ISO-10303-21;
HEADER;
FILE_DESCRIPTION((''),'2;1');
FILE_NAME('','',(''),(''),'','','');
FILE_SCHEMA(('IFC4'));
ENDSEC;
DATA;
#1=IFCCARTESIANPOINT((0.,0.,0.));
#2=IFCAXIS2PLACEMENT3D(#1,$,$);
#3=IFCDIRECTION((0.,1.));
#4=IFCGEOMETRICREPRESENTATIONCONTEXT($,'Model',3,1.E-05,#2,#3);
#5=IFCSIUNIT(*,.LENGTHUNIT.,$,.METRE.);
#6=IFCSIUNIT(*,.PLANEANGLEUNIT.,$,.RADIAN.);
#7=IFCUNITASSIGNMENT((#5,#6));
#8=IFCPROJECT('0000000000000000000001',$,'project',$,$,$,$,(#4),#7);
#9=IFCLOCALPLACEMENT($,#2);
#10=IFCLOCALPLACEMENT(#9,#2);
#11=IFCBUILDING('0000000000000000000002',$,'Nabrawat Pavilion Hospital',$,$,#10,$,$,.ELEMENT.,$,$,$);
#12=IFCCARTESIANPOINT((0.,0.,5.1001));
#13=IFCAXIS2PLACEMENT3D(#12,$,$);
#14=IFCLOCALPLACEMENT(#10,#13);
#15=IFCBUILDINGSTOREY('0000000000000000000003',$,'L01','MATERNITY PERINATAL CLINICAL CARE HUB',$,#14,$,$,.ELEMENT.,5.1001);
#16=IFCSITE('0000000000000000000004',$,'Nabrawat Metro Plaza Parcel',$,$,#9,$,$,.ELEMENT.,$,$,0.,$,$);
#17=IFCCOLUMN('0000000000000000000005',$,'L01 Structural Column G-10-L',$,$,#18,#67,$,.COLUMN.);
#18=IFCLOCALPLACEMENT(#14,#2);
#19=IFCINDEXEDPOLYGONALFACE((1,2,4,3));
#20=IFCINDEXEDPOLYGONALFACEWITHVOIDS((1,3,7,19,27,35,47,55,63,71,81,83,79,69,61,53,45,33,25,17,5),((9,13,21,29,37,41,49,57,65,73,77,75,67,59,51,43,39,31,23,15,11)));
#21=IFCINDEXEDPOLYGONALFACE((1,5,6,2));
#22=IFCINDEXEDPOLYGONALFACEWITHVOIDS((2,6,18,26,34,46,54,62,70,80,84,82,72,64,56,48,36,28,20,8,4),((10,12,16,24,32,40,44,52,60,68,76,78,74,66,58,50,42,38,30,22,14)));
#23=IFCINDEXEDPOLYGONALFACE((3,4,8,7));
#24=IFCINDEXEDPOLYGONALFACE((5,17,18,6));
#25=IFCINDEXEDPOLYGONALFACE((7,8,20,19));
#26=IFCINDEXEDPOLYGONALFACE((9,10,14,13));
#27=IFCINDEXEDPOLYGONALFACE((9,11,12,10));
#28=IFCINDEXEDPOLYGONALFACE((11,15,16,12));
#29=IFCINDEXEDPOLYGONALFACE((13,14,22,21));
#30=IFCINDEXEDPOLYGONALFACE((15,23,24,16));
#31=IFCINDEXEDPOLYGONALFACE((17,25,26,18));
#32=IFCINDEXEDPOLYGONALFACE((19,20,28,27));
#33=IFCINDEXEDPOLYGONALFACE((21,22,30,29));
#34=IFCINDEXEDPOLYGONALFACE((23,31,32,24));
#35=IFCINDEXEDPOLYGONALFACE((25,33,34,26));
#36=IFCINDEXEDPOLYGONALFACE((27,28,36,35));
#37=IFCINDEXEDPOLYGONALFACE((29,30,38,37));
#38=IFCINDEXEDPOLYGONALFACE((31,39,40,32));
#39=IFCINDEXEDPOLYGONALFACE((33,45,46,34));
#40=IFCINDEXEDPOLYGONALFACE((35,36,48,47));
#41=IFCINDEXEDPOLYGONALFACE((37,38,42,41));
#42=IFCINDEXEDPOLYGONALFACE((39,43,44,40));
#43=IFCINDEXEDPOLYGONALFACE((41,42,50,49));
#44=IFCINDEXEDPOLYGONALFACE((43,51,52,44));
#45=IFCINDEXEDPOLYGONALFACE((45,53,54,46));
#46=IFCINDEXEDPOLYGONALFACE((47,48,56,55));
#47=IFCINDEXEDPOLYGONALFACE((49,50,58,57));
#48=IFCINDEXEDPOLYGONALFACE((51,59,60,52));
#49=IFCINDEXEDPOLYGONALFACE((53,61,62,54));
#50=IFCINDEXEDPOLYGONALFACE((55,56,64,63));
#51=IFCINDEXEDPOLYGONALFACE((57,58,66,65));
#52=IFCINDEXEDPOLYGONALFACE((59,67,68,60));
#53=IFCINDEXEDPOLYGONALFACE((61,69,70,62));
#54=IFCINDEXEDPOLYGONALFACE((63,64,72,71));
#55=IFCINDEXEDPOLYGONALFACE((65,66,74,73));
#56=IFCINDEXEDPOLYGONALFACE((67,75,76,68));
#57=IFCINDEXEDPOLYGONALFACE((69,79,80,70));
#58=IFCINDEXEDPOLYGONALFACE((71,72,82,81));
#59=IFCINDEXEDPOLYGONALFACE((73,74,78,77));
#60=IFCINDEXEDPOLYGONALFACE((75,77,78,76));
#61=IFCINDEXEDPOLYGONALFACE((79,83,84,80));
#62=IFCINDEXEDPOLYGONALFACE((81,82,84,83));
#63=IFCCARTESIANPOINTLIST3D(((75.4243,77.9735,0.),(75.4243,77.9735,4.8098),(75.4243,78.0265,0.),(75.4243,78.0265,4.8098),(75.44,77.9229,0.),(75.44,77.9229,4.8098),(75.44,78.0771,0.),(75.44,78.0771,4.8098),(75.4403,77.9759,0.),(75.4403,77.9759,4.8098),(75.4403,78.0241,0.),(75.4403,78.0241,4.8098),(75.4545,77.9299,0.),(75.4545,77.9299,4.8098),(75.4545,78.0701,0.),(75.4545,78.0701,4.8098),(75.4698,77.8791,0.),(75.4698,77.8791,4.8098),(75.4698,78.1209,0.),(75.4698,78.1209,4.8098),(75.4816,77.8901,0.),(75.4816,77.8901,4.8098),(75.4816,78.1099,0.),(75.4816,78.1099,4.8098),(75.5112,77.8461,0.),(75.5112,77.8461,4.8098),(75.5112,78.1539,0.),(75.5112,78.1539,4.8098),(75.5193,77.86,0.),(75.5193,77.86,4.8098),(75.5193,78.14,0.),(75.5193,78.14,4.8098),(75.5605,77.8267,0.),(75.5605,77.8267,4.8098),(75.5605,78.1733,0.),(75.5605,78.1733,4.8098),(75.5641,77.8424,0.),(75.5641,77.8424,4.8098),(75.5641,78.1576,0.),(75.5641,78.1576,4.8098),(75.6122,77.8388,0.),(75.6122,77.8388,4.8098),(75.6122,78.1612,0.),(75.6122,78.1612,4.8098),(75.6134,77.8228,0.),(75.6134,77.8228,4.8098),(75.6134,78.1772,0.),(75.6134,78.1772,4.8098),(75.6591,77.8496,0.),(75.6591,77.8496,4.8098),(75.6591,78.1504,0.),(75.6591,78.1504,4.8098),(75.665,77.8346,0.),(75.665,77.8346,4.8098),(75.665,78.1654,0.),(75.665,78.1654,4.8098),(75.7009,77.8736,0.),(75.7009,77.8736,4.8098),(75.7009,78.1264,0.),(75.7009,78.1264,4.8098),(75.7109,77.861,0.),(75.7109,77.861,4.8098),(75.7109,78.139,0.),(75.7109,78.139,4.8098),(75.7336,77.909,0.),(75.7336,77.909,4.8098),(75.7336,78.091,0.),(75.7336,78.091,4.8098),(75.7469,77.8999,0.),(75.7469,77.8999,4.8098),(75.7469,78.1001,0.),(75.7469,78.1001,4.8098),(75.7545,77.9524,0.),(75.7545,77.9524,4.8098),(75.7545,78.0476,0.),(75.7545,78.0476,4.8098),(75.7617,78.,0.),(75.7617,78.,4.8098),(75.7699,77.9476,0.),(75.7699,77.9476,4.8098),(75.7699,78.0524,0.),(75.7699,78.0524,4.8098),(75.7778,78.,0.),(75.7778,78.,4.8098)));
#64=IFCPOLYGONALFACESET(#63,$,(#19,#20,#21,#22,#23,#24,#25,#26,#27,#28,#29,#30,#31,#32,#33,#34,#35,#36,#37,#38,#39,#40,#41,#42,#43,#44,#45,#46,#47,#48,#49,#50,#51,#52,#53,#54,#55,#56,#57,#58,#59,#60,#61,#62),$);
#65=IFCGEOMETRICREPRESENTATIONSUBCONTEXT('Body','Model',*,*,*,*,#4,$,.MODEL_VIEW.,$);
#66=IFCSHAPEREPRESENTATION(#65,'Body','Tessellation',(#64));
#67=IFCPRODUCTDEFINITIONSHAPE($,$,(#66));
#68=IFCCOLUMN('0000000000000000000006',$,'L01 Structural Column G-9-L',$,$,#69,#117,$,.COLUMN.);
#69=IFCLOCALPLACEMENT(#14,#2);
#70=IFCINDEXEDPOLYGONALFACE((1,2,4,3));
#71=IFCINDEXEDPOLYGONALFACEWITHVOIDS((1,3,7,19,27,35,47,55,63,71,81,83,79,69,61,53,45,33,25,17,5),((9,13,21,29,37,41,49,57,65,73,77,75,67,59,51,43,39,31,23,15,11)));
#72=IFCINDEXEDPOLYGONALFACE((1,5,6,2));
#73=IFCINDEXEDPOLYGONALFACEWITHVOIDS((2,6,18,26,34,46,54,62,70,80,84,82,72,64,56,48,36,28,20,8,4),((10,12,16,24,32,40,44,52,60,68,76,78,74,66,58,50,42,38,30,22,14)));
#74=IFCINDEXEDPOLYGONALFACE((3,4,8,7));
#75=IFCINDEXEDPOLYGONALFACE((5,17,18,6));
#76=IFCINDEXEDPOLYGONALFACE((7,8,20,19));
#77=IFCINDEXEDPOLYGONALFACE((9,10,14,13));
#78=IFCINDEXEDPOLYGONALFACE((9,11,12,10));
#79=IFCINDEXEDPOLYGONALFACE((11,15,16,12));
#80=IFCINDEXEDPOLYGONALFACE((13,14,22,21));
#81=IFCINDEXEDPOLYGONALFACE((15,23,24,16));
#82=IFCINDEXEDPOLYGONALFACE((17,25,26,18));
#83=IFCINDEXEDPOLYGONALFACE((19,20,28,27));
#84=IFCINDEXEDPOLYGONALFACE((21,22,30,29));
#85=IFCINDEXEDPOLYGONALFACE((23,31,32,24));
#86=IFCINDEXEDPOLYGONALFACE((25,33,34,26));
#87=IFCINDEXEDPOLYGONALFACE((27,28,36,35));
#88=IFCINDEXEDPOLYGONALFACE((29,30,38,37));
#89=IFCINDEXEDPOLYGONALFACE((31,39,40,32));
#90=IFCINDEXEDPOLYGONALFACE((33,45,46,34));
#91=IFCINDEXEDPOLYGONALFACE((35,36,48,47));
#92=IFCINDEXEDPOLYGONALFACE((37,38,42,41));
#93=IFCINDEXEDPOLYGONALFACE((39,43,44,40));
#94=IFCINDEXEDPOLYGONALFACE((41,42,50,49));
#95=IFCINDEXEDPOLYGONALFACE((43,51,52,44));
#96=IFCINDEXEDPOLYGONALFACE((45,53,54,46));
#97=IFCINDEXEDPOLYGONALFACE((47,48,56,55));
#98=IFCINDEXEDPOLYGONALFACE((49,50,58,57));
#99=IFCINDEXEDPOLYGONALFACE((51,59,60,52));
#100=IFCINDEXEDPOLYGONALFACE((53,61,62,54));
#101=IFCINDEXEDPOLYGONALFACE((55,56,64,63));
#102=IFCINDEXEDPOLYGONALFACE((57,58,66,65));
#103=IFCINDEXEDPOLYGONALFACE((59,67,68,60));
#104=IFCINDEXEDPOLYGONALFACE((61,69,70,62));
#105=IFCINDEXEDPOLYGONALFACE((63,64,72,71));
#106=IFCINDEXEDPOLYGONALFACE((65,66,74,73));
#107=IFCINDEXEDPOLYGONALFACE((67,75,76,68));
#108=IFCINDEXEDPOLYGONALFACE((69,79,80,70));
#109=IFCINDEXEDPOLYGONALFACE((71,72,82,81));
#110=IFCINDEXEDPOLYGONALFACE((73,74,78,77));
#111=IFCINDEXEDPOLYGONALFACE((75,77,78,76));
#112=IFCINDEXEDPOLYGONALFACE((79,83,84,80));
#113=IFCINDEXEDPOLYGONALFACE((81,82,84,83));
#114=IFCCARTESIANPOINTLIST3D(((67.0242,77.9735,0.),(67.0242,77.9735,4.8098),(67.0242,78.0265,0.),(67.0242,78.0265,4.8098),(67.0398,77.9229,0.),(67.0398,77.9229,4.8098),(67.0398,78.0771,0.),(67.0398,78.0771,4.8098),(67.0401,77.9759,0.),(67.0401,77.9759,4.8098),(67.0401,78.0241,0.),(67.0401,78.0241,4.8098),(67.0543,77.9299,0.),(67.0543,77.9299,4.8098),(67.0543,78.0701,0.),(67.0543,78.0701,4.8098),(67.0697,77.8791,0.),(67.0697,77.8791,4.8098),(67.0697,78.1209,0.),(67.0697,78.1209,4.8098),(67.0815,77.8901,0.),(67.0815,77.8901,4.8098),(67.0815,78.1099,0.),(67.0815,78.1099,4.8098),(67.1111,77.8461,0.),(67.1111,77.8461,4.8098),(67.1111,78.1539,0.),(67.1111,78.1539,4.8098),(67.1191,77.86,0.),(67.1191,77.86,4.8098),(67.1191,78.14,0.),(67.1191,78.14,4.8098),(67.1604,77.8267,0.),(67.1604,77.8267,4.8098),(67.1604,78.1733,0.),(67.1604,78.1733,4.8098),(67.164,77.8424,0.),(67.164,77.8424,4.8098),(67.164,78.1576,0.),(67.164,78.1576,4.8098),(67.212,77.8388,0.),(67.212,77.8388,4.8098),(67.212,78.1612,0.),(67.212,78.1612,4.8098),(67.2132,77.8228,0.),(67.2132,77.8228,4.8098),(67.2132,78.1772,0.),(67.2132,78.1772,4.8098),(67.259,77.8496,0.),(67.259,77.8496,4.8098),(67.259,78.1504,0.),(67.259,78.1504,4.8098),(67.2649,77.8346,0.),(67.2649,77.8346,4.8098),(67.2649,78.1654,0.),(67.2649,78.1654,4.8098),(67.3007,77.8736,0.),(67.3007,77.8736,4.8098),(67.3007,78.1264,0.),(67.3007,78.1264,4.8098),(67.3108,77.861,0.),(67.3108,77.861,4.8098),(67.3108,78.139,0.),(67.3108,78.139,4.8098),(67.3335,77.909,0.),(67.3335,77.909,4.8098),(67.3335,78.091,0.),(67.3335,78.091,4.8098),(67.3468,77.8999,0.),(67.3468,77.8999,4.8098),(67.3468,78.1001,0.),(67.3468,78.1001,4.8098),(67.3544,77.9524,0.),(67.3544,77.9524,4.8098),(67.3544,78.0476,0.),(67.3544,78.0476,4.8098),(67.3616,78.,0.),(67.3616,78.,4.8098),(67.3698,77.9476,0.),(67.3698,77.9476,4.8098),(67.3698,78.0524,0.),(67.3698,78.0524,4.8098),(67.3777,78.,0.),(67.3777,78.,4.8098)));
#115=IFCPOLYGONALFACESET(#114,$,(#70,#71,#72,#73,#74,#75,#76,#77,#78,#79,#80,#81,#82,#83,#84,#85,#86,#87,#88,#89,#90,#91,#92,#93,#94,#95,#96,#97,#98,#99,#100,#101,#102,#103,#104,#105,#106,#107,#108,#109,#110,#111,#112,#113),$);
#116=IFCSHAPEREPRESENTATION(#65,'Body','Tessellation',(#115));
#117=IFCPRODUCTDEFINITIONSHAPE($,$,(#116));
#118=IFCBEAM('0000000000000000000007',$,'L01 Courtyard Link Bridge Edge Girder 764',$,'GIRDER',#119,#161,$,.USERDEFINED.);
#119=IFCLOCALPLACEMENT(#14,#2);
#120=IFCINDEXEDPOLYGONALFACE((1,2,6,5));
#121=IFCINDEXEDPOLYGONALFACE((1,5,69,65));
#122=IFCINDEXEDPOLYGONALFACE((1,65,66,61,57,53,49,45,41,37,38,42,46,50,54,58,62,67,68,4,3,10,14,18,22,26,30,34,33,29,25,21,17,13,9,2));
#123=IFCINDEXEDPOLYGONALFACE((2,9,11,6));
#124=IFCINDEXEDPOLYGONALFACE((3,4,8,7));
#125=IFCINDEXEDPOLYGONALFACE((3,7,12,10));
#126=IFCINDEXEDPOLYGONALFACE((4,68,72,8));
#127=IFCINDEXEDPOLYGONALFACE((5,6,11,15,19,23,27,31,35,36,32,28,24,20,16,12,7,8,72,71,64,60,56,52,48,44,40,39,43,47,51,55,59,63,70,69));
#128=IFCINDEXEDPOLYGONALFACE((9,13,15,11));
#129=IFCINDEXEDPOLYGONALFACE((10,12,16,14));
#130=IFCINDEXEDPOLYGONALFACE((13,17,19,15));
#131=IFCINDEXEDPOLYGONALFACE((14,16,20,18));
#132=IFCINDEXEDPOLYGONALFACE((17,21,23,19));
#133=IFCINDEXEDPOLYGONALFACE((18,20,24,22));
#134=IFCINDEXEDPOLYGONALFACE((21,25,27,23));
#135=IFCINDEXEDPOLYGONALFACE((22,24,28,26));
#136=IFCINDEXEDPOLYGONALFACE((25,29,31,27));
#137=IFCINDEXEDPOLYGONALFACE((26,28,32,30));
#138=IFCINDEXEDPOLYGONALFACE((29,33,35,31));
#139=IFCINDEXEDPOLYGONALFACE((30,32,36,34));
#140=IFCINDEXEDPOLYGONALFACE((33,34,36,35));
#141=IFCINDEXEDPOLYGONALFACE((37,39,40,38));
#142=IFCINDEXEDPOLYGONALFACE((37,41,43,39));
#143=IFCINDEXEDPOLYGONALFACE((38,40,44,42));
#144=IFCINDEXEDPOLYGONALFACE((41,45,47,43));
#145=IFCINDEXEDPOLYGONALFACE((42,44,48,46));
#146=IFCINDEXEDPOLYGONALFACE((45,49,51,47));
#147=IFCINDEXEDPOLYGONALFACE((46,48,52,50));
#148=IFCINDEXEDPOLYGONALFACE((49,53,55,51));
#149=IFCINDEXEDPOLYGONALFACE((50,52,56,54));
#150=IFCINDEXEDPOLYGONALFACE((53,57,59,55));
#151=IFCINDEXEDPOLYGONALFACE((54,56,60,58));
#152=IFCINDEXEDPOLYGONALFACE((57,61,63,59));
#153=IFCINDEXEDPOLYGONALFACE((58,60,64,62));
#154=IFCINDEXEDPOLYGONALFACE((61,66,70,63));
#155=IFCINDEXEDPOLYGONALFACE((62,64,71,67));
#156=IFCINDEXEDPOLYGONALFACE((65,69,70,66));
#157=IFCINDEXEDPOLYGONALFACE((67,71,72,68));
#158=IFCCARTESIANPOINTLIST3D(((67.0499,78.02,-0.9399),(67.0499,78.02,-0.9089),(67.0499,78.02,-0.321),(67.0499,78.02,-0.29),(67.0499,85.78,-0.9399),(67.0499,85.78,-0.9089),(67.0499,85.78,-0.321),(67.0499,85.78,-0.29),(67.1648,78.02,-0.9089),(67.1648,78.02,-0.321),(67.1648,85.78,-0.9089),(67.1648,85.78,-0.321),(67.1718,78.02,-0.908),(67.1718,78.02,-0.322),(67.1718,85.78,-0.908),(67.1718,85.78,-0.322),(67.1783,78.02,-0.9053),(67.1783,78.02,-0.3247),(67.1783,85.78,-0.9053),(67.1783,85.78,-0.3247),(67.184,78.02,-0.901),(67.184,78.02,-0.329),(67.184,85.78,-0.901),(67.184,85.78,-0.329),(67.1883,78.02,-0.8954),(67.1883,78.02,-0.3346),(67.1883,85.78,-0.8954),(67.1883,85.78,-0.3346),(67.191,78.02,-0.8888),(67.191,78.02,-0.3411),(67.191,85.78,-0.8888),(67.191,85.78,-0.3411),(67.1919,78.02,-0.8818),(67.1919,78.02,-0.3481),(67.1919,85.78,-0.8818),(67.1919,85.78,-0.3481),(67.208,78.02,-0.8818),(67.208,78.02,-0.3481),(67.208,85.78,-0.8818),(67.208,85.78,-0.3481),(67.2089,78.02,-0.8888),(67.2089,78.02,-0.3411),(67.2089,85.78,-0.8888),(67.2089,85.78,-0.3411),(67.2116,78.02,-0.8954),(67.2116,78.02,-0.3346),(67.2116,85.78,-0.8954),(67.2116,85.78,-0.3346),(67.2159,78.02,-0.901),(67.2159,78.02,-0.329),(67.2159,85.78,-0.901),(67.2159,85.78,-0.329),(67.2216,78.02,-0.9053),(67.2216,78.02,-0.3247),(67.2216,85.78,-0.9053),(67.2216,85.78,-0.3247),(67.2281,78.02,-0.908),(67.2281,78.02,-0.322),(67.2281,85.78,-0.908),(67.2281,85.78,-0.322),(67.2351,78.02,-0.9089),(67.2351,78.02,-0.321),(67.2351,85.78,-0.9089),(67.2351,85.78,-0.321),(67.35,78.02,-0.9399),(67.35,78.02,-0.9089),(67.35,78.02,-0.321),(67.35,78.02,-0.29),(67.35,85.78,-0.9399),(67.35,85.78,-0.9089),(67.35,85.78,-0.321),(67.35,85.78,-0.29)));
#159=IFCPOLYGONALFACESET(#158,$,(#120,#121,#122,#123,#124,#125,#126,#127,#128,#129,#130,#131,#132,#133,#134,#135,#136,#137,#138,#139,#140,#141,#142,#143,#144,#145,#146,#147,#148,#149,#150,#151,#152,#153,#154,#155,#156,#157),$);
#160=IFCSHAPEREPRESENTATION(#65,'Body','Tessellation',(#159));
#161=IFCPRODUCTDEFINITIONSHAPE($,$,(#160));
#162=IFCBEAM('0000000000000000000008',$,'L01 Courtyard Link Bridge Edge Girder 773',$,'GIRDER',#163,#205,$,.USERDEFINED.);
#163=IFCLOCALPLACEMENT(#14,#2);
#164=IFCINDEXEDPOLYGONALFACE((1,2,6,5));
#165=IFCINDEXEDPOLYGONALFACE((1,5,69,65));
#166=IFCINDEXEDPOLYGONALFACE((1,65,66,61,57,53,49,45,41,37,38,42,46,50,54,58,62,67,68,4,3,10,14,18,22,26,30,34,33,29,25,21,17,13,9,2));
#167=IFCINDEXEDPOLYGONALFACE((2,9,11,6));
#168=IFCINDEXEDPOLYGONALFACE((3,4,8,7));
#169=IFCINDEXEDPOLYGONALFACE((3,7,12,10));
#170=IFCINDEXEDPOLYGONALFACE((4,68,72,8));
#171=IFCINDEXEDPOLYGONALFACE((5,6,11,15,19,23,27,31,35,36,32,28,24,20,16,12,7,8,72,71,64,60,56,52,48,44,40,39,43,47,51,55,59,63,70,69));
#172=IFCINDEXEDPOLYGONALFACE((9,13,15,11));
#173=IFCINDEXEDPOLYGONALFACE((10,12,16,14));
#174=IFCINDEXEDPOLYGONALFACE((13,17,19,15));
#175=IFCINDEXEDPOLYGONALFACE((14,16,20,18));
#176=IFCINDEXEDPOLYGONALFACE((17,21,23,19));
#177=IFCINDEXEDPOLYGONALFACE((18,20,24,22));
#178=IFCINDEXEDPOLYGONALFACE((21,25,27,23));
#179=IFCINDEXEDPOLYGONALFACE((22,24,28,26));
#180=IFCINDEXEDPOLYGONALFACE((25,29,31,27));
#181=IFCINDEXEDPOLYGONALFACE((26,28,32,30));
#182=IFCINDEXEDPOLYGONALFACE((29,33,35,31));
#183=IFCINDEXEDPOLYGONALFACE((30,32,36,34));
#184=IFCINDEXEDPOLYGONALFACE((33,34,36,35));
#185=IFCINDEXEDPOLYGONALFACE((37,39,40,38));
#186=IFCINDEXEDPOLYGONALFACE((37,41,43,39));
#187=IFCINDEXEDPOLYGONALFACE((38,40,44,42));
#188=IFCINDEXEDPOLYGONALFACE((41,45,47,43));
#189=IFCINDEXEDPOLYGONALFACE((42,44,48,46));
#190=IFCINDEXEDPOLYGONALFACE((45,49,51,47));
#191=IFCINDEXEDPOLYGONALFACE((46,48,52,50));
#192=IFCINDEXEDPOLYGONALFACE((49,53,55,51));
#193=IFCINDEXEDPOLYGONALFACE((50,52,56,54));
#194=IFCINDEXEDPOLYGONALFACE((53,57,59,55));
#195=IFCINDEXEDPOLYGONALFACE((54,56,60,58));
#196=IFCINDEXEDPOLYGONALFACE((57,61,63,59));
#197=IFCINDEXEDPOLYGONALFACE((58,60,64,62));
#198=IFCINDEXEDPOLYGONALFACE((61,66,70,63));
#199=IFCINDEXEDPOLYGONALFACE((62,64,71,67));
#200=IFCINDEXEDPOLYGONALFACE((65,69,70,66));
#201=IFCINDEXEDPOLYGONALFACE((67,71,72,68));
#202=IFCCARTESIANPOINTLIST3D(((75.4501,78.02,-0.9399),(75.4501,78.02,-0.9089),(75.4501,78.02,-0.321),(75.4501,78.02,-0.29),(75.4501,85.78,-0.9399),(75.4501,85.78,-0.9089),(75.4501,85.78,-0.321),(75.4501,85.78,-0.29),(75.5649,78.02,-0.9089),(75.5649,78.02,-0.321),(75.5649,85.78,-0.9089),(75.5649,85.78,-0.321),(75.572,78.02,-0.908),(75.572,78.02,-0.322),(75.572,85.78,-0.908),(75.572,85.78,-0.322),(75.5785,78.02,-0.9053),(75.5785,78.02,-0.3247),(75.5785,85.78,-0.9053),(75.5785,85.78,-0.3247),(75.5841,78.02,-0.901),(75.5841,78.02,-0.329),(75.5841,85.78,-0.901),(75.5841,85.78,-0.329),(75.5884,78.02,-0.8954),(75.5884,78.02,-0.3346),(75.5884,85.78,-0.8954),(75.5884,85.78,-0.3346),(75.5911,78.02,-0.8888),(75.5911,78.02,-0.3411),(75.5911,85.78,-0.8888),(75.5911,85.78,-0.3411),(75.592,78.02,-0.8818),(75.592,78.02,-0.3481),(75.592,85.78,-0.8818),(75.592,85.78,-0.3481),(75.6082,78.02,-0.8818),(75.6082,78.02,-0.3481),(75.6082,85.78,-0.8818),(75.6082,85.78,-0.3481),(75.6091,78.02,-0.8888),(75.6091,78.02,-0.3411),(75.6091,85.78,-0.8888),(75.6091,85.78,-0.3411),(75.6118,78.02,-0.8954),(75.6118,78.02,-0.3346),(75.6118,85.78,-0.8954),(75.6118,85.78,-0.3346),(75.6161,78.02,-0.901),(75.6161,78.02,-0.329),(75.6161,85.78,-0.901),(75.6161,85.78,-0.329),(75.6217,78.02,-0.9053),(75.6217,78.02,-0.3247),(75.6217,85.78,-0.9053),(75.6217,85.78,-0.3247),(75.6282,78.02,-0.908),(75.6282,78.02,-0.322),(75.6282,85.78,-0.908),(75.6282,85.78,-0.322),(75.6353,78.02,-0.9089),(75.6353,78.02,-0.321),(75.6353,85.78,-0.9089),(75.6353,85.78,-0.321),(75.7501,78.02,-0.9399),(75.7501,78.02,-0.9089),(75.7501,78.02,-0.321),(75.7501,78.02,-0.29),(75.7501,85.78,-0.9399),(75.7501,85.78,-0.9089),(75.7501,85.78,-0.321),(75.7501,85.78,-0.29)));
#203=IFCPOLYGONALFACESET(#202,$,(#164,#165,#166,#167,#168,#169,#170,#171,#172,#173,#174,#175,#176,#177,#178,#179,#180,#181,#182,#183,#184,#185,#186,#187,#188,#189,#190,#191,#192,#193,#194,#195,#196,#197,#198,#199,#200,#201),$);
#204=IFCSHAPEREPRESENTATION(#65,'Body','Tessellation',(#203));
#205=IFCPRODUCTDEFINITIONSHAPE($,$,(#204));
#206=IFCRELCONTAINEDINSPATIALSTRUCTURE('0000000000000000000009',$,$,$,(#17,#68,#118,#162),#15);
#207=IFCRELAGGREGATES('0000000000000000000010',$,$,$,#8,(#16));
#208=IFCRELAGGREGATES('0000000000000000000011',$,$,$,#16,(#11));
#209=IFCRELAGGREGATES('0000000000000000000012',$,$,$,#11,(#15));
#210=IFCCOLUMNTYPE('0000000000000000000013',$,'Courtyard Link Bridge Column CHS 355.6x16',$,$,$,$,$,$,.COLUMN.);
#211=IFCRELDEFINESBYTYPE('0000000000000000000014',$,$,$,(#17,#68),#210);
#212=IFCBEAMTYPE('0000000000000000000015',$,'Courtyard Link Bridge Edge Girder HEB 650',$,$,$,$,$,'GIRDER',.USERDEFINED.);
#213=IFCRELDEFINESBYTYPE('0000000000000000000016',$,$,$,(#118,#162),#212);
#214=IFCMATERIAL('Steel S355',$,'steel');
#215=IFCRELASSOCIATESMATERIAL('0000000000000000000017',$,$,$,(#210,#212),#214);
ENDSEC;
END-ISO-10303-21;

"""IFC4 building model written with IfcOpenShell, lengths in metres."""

from ifc_helpers import new_model, si_unit, direction, frame, origin, origin_2d, place, context, subcontext, project, spatial, hollow_circle, i_section, extrude, material, material_profile, profile_set, type_object, element, save


model = new_model("IFC4")

# Units and contexts
model_context = context("Model", 3, precision=1e-05, world=origin(), true_north=direction((0.0, 1.0)))
body_context = subcontext(model_context, "Body", "Model", "MODEL_VIEW")
ifc_project = project(units=[si_unit("LENGTHUNIT", "METRE"), si_unit("PLANEANGLEUNIT", "RADIAN")], contexts=[model_context])

# Site, building, storey
site_placement = place(None, origin())
site = spatial("IfcSite", under=ifc_project, at=site_placement, Name="Nabrawat Metro Plaza Parcel", CompositionType="ELEMENT", RefElevation=0.0)
building_placement = place(site_placement, origin())
building = spatial("IfcBuilding", under=site, at=building_placement, Name="Nabrawat Pavilion Hospital", CompositionType="ELEMENT")
storey_placement = place(building_placement, frame((0.0, 0.0, 5.1001)))
storey = spatial("IfcBuildingStorey", under=building, at=storey_placement, Name="L01", Description="MATERNITY PERINATAL CLINICAL CARE HUB", CompositionType="ELEMENT", Elevation=5.1001)

# Columns
ifc_material_1 = material(Name="Steel S355", Category="steel")
ifc_material_profile_1 = material_profile(ifc_material_1, hollow_circle(Radius=0.1777, WallThickness=0.0161, at=origin_2d()), Name="CHS 355.6x16")
ifc_profile_set_1 = profile_set([ifc_material_profile_1], Name="Steel S355")
column_type = type_object("IfcColumnType", Name="Courtyard Link Bridge Column CHS 355.6x16", PredefinedType="COLUMN", material=ifc_profile_set_1)
for number, where, z_axis, x_axis, name in (
    (1, (75.6001, 78.0, 0.0), (0.0, 0.0, 1.0), (1.0, 0.0, 0.0), "L01 Structural Column G-10-L"),
    (2, (67.2, 78.0, 0.0), (0.0, 0.0, 1.0), (1.0, 0.0, 0.0), "L01 Structural Column G-9-L"),
):
    element("IfcColumn", number, at=place(storey_placement, frame(where, z_axis=z_axis, x_axis=x_axis)), inside=storey, type_object=column_type, Name=name, PredefinedType="COLUMN", context=body_context, shape_type="SweptSolid", body=[
        extrude(hollow_circle(Radius=0.1777, WallThickness=0.0161, at=origin_2d()), origin(), (0.0, 0.0, 1.0), 4.8098),
    ])

# Beams
ifc_material_profile_2 = material_profile(ifc_material_1, i_section(OverallWidth=0.3, OverallDepth=0.6499, WebThickness=0.0161, FlangeThickness=0.031, FilletRadius=0.0271, at=origin_2d()), Name="HEB 650")
ifc_profile_set_2 = profile_set([ifc_material_profile_2], Name="Steel S355")
beam_type_1 = type_object("IfcBeamType", Name="Courtyard Link Bridge Edge Girder HEB 650", ElementType="GIRDER", PredefinedType="USERDEFINED", material=ifc_profile_set_2)
for number, where, z_axis, x_axis, name in (
    (3, (67.2, 78.02, -0.615), (0.0, 1.0, 0.0), (-1.0, 0.0, 0.0), "L01 Courtyard Link Bridge Edge Girder 764"),
    (4, (75.6001, 78.02, -0.615), (0.0, 1.0, 0.0), (-1.0, 0.0, 0.0), "L01 Courtyard Link Bridge Edge Girder 773"),
):
    element("IfcBeam", number, at=place(storey_placement, frame(where, z_axis=z_axis, x_axis=x_axis)), inside=storey, type_object=beam_type_1, Name=name, ObjectType="GIRDER", PredefinedType="USERDEFINED", context=body_context, shape_type="SweptSolid", body=[
        extrude(i_section(OverallWidth=0.3, OverallDepth=0.6499, WebThickness=0.0161, FlangeThickness=0.031, FilletRadius=0.0271, at=origin_2d()), origin(), (0.0, 0.0, 1.0), 7.76),
    ])

save(model, "model.ifc")
